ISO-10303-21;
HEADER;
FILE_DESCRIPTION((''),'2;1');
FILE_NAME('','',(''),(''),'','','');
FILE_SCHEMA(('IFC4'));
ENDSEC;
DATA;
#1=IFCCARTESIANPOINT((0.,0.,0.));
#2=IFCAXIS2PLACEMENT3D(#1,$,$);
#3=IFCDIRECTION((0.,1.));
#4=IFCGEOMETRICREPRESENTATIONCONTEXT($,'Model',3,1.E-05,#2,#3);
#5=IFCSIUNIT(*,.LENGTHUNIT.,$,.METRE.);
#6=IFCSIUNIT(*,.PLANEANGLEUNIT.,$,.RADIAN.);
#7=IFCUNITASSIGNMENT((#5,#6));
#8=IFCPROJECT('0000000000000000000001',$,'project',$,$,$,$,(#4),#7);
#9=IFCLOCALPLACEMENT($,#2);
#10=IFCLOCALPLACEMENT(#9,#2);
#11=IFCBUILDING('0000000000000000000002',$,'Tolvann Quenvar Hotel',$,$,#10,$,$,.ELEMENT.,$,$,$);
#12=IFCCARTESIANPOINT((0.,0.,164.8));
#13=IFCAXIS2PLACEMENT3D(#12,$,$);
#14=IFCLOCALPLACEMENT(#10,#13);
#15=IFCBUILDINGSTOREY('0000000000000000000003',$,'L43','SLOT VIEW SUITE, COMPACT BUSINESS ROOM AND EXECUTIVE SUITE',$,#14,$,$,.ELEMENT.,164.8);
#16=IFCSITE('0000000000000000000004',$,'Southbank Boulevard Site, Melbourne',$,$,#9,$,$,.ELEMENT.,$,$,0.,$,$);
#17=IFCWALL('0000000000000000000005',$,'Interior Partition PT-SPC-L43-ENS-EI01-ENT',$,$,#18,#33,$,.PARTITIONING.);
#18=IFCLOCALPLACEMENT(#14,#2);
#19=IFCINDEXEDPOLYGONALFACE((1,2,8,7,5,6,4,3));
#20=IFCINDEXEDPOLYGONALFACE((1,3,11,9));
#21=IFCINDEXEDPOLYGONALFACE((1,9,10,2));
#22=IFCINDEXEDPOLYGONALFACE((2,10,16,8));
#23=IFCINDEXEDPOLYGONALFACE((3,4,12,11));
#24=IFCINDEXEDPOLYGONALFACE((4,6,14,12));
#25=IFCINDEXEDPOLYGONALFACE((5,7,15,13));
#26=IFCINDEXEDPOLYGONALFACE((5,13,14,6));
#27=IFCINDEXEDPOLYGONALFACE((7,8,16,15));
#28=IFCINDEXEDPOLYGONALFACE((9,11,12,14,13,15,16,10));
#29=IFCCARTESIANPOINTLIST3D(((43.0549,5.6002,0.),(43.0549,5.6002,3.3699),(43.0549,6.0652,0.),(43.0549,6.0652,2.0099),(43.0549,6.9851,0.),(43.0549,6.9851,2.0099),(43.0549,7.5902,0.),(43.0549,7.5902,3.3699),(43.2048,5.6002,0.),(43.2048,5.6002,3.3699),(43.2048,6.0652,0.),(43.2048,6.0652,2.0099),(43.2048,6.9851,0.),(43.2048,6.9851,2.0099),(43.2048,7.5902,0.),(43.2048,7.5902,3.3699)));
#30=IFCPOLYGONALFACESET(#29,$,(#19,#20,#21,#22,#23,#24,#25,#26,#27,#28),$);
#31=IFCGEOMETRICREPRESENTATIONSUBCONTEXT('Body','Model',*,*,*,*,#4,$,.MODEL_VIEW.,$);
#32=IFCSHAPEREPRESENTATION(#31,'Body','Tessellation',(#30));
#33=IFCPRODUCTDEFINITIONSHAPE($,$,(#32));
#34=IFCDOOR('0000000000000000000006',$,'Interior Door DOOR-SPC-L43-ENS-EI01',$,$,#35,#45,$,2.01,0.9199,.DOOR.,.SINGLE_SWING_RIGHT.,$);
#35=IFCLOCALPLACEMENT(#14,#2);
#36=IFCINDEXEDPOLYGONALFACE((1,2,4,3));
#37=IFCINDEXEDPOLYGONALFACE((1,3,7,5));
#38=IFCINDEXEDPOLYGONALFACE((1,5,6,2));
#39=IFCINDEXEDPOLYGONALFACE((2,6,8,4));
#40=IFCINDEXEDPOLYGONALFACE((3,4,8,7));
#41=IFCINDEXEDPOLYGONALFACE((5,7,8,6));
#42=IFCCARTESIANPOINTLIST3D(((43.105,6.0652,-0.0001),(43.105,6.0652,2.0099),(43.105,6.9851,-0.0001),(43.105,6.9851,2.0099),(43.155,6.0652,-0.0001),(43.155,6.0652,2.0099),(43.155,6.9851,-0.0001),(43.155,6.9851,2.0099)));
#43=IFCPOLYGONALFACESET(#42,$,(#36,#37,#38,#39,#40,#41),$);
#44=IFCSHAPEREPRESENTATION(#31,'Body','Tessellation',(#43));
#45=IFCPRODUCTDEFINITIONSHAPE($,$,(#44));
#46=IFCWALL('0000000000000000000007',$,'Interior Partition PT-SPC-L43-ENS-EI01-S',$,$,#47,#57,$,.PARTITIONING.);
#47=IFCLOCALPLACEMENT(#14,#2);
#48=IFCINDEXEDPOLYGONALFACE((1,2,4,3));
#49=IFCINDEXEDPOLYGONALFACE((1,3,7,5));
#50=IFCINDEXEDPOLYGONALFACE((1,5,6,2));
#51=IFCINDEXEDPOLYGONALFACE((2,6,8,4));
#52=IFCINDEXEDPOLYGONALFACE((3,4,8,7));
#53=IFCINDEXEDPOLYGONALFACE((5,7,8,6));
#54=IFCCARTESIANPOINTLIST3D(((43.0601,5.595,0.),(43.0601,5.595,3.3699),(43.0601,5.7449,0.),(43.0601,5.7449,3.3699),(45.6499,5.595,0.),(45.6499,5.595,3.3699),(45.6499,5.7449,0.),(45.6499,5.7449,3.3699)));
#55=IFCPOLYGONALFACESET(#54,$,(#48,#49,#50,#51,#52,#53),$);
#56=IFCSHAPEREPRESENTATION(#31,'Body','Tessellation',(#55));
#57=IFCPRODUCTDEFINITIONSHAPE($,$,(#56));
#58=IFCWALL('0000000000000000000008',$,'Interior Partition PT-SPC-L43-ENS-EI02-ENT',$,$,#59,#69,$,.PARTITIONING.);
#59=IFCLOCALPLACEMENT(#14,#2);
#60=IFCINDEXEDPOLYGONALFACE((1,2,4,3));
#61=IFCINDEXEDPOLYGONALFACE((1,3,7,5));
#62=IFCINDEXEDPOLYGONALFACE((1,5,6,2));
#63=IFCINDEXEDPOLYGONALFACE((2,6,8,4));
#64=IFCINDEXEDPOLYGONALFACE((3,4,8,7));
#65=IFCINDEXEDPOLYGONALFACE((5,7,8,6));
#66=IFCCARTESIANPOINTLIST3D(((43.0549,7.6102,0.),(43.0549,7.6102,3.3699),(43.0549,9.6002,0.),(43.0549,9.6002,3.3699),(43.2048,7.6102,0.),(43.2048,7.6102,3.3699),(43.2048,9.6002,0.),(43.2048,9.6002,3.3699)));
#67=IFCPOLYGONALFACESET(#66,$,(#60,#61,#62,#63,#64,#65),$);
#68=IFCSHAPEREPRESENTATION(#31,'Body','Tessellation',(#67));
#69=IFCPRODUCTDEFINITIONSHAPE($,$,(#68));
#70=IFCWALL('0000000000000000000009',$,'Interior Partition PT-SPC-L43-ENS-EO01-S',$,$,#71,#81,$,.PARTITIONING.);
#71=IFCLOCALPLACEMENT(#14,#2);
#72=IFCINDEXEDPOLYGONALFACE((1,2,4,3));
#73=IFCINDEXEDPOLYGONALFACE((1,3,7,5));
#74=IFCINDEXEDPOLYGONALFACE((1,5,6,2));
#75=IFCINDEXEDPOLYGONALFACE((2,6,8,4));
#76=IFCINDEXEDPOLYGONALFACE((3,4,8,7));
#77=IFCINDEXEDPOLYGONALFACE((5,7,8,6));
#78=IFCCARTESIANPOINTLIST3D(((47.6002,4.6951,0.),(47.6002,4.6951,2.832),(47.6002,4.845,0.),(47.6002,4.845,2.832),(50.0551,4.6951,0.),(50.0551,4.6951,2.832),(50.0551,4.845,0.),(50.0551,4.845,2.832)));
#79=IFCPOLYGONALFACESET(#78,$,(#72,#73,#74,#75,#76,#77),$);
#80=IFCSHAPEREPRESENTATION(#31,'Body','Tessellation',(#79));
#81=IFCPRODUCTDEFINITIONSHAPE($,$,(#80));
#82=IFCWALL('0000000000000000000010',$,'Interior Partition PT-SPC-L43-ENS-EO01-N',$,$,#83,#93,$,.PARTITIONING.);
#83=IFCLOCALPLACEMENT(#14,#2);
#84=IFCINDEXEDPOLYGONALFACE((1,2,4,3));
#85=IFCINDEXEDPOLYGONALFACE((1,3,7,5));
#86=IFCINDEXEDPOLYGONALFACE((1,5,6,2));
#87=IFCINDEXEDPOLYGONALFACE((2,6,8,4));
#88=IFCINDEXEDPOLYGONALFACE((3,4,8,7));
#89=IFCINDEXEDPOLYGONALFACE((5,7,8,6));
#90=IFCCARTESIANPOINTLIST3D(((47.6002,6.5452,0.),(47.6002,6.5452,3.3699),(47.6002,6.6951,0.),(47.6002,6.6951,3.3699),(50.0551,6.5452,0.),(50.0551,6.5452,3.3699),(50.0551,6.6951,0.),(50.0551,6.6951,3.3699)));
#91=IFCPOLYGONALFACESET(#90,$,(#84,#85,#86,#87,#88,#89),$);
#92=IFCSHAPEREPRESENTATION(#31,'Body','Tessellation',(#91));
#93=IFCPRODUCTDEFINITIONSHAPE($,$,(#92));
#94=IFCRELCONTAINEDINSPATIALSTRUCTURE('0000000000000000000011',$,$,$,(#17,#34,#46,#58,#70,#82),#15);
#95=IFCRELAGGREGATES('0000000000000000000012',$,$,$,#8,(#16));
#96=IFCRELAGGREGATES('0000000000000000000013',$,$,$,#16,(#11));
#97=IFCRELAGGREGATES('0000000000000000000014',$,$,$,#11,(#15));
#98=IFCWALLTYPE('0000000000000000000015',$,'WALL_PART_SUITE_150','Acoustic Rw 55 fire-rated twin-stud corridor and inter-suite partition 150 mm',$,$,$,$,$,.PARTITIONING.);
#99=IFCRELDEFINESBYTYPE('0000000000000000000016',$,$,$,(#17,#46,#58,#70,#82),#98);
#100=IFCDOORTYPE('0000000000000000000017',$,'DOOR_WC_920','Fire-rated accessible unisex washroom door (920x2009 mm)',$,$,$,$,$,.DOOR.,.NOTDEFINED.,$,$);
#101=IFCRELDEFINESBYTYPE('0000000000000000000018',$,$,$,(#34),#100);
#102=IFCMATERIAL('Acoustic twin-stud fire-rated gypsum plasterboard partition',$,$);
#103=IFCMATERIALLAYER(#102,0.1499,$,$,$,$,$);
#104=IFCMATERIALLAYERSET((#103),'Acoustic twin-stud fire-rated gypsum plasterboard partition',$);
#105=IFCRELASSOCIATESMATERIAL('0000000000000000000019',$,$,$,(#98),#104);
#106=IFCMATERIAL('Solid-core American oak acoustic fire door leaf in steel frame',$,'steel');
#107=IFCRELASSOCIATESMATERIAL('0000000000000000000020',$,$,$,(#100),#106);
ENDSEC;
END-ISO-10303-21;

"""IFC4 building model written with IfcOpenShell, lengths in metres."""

from ifc_helpers import new_model, si_unit, direction, frame, frame_2d, origin, place, context, subcontext, project, spatial, rectangle, extrude, source, transform, mapped, material, layer, layer_set, type_object, type_shapes, element, fill, save


model = new_model("IFC4")

# Units and contexts
model_context = context("Model", 3, precision=1e-05, world=origin(), true_north=direction((0.0, 1.0)))
body_context = subcontext(model_context, "Body", "Model", "MODEL_VIEW")
ifc_project = project(units=[si_unit("LENGTHUNIT", "METRE"), si_unit("PLANEANGLEUNIT", "RADIAN")], contexts=[model_context])

# Site, building, storey
site_placement = place(None, origin())
site = spatial("IfcSite", under=ifc_project, at=site_placement, Name="Southbank Boulevard Site, Melbourne", CompositionType="ELEMENT", RefElevation=0.0)
building_placement = place(site_placement, origin())
building = spatial("IfcBuilding", under=site, at=building_placement, Name="Tolvann Quenvar Hotel", CompositionType="ELEMENT")
storey_placement = place(building_placement, frame((0.0, 0.0, 164.8)))
storey = spatial("IfcBuildingStorey", under=building, at=storey_placement, Name="L43", Description="SLOT VIEW SUITE, COMPACT BUSINESS ROOM AND EXECUTIVE SUITE", CompositionType="ELEMENT", Elevation=164.8)

# Wall, opening, door
ifc_material_1 = material(Name="Acoustic twin-stud fire-rated gypsum plasterboard partition")
ifc_layer_1 = layer(ifc_material_1, 0.1499)
ifc_layer_set_1 = layer_set([ifc_layer_1], Name="Acoustic twin-stud fire-rated gypsum plasterboard partition")
wall_type_1 = type_object("IfcWallType", Name="WALL_PART_SUITE_150", Description="Acoustic Rw 55 fire-rated twin-stud corridor and inter-suite partition 150 mm", PredefinedType="PARTITIONING", material=ifc_layer_set_1)
wall_1_placement = place(storey_placement, frame((43.1299, 5.6001, 0.0), z_axis=(0.0, 0.0, 1.0), x_axis=(0.0, 1.0, 0.0)))
wall_1 = element("IfcWall", 1, at=wall_1_placement, inside=storey, type_object=wall_type_1, Name="Interior Partition PT-SPC-L43-ENS-EI01-ENT", PredefinedType="PARTITIONING", context=body_context, shape_type="SweptSolid", body=[
    extrude(rectangle(XDim=1.99, YDim=0.1499, at=frame_2d((0.9951, 0.0))), origin(), (0.0, 0.0, 1.0), 3.3699),
])
opening_1_placement = place(wall_1_placement, frame((0.4651, 0.0, 0.0)))
opening_1 = element("IfcOpeningElement", 2, at=opening_1_placement, cuts=wall_1, PredefinedType="OPENING", context=body_context, shape_type="SweptSolid", body=[
    extrude(rectangle(XDim=0.9199, YDim=2.01, at=frame_2d((0.46, 1.0049))), frame((0.0, 0.085, 0.0), z_axis=(0.0, -1.0, 0.0), x_axis=(1.0, 0.0, 0.0)), (0.0, 0.0, 1.0), 0.1699),
])
ifc_material_2 = material(Name="Solid-core American oak acoustic fire door leaf in steel frame", Category="steel")
door_type_1 = type_object("IfcDoorType", Name="DOOR_WC_920", Description="Fire-rated accessible unisex washroom door (920x2009 mm)", OperationType="NOTDEFINED", PredefinedType="DOOR", material=ifc_material_2)
shared_shape_1 = source(origin(), body_context, "Body", "SweptSolid", [
    extrude(rectangle(XDim=0.9199, YDim=2.01, at=frame_2d((0.46, 1.0049))), frame((0.0, 0.0249, 0.0), z_axis=(0.0, -1.0, 0.0), x_axis=(1.0, 0.0, 0.0)), (0.0, 0.0, 1.0), 0.05),
])
type_shapes(door_type_1, [shared_shape_1])
door_1_placement = place(opening_1_placement, origin())
door_1 = element("IfcDoor", 3, at=door_1_placement, inside=storey, type_object=door_type_1, Name="Interior Door DOOR-SPC-L43-ENS-EI01", OperationType="SINGLE_SWING_RIGHT", OverallHeight=2.01, OverallWidth=0.9199, PredefinedType="DOOR", context=body_context, shape_type="MappedRepresentation", body=[
    mapped(shared_shape_1, transform((0.0, 0.0, 0.0), x_axis=(1.0, 0.0, 0.0), y_axis=(0.0, 1.0, 0.0), z_axis=(0.0, 0.0, 1.0), scale=1.0)),
])
fill(opening_1, door_1)

# Walls
wall_2_placement = place(storey_placement, frame((43.0601, 5.6699, 0.0), z_axis=(0.0, 0.0, 1.0), x_axis=(1.0, 0.0, 0.0)))
element("IfcWall", 4, at=wall_2_placement, inside=storey, type_object=wall_type_1, Name="Interior Partition PT-SPC-L43-ENS-EI01-S", PredefinedType="PARTITIONING", context=body_context, shape_type="SweptSolid", body=[
    extrude(rectangle(XDim=2.5898, YDim=0.1499, at=frame_2d((1.2949, 0.0))), origin(), (0.0, 0.0, 1.0), 3.3699),
])
wall_3_placement = place(storey_placement, frame((43.1299, 7.6101, 0.0), z_axis=(0.0, 0.0, 1.0), x_axis=(0.0, 1.0, 0.0)))
element("IfcWall", 5, at=wall_3_placement, inside=storey, type_object=wall_type_1, Name="Interior Partition PT-SPC-L43-ENS-EI02-ENT", PredefinedType="PARTITIONING", context=body_context, shape_type="SweptSolid", body=[
    extrude(rectangle(XDim=1.99, YDim=0.1499, at=frame_2d((0.9951, 0.0))), origin(), (0.0, 0.0, 1.0), 3.3699),
])
wall_4_placement = place(storey_placement, frame((47.6001, 4.77, 0.0), z_axis=(0.0, 0.0, 1.0), x_axis=(1.0, 0.0, 0.0)))
element("IfcWall", 6, at=wall_4_placement, inside=storey, type_object=wall_type_1, Name="Interior Partition PT-SPC-L43-ENS-EO01-S", PredefinedType="PARTITIONING", context=body_context, shape_type="SweptSolid", body=[
    extrude(rectangle(XDim=2.4548, YDim=0.1499, at=frame_2d((1.2275, 0.0))), origin(), (0.0, 0.0, 1.0), 2.832),
])
wall_5_placement = place(storey_placement, frame((47.6001, 6.6201, 0.0), z_axis=(0.0, 0.0, 1.0), x_axis=(1.0, 0.0, 0.0)))
element("IfcWall", 7, at=wall_5_placement, inside=storey, type_object=wall_type_1, Name="Interior Partition PT-SPC-L43-ENS-EO01-N", PredefinedType="PARTITIONING", context=body_context, shape_type="SweptSolid", body=[
    extrude(rectangle(XDim=2.4548, YDim=0.1499, at=frame_2d((1.2275, 0.0))), origin(), (0.0, 0.0, 1.0), 3.3699),
])

save(model, "model.ifc")
